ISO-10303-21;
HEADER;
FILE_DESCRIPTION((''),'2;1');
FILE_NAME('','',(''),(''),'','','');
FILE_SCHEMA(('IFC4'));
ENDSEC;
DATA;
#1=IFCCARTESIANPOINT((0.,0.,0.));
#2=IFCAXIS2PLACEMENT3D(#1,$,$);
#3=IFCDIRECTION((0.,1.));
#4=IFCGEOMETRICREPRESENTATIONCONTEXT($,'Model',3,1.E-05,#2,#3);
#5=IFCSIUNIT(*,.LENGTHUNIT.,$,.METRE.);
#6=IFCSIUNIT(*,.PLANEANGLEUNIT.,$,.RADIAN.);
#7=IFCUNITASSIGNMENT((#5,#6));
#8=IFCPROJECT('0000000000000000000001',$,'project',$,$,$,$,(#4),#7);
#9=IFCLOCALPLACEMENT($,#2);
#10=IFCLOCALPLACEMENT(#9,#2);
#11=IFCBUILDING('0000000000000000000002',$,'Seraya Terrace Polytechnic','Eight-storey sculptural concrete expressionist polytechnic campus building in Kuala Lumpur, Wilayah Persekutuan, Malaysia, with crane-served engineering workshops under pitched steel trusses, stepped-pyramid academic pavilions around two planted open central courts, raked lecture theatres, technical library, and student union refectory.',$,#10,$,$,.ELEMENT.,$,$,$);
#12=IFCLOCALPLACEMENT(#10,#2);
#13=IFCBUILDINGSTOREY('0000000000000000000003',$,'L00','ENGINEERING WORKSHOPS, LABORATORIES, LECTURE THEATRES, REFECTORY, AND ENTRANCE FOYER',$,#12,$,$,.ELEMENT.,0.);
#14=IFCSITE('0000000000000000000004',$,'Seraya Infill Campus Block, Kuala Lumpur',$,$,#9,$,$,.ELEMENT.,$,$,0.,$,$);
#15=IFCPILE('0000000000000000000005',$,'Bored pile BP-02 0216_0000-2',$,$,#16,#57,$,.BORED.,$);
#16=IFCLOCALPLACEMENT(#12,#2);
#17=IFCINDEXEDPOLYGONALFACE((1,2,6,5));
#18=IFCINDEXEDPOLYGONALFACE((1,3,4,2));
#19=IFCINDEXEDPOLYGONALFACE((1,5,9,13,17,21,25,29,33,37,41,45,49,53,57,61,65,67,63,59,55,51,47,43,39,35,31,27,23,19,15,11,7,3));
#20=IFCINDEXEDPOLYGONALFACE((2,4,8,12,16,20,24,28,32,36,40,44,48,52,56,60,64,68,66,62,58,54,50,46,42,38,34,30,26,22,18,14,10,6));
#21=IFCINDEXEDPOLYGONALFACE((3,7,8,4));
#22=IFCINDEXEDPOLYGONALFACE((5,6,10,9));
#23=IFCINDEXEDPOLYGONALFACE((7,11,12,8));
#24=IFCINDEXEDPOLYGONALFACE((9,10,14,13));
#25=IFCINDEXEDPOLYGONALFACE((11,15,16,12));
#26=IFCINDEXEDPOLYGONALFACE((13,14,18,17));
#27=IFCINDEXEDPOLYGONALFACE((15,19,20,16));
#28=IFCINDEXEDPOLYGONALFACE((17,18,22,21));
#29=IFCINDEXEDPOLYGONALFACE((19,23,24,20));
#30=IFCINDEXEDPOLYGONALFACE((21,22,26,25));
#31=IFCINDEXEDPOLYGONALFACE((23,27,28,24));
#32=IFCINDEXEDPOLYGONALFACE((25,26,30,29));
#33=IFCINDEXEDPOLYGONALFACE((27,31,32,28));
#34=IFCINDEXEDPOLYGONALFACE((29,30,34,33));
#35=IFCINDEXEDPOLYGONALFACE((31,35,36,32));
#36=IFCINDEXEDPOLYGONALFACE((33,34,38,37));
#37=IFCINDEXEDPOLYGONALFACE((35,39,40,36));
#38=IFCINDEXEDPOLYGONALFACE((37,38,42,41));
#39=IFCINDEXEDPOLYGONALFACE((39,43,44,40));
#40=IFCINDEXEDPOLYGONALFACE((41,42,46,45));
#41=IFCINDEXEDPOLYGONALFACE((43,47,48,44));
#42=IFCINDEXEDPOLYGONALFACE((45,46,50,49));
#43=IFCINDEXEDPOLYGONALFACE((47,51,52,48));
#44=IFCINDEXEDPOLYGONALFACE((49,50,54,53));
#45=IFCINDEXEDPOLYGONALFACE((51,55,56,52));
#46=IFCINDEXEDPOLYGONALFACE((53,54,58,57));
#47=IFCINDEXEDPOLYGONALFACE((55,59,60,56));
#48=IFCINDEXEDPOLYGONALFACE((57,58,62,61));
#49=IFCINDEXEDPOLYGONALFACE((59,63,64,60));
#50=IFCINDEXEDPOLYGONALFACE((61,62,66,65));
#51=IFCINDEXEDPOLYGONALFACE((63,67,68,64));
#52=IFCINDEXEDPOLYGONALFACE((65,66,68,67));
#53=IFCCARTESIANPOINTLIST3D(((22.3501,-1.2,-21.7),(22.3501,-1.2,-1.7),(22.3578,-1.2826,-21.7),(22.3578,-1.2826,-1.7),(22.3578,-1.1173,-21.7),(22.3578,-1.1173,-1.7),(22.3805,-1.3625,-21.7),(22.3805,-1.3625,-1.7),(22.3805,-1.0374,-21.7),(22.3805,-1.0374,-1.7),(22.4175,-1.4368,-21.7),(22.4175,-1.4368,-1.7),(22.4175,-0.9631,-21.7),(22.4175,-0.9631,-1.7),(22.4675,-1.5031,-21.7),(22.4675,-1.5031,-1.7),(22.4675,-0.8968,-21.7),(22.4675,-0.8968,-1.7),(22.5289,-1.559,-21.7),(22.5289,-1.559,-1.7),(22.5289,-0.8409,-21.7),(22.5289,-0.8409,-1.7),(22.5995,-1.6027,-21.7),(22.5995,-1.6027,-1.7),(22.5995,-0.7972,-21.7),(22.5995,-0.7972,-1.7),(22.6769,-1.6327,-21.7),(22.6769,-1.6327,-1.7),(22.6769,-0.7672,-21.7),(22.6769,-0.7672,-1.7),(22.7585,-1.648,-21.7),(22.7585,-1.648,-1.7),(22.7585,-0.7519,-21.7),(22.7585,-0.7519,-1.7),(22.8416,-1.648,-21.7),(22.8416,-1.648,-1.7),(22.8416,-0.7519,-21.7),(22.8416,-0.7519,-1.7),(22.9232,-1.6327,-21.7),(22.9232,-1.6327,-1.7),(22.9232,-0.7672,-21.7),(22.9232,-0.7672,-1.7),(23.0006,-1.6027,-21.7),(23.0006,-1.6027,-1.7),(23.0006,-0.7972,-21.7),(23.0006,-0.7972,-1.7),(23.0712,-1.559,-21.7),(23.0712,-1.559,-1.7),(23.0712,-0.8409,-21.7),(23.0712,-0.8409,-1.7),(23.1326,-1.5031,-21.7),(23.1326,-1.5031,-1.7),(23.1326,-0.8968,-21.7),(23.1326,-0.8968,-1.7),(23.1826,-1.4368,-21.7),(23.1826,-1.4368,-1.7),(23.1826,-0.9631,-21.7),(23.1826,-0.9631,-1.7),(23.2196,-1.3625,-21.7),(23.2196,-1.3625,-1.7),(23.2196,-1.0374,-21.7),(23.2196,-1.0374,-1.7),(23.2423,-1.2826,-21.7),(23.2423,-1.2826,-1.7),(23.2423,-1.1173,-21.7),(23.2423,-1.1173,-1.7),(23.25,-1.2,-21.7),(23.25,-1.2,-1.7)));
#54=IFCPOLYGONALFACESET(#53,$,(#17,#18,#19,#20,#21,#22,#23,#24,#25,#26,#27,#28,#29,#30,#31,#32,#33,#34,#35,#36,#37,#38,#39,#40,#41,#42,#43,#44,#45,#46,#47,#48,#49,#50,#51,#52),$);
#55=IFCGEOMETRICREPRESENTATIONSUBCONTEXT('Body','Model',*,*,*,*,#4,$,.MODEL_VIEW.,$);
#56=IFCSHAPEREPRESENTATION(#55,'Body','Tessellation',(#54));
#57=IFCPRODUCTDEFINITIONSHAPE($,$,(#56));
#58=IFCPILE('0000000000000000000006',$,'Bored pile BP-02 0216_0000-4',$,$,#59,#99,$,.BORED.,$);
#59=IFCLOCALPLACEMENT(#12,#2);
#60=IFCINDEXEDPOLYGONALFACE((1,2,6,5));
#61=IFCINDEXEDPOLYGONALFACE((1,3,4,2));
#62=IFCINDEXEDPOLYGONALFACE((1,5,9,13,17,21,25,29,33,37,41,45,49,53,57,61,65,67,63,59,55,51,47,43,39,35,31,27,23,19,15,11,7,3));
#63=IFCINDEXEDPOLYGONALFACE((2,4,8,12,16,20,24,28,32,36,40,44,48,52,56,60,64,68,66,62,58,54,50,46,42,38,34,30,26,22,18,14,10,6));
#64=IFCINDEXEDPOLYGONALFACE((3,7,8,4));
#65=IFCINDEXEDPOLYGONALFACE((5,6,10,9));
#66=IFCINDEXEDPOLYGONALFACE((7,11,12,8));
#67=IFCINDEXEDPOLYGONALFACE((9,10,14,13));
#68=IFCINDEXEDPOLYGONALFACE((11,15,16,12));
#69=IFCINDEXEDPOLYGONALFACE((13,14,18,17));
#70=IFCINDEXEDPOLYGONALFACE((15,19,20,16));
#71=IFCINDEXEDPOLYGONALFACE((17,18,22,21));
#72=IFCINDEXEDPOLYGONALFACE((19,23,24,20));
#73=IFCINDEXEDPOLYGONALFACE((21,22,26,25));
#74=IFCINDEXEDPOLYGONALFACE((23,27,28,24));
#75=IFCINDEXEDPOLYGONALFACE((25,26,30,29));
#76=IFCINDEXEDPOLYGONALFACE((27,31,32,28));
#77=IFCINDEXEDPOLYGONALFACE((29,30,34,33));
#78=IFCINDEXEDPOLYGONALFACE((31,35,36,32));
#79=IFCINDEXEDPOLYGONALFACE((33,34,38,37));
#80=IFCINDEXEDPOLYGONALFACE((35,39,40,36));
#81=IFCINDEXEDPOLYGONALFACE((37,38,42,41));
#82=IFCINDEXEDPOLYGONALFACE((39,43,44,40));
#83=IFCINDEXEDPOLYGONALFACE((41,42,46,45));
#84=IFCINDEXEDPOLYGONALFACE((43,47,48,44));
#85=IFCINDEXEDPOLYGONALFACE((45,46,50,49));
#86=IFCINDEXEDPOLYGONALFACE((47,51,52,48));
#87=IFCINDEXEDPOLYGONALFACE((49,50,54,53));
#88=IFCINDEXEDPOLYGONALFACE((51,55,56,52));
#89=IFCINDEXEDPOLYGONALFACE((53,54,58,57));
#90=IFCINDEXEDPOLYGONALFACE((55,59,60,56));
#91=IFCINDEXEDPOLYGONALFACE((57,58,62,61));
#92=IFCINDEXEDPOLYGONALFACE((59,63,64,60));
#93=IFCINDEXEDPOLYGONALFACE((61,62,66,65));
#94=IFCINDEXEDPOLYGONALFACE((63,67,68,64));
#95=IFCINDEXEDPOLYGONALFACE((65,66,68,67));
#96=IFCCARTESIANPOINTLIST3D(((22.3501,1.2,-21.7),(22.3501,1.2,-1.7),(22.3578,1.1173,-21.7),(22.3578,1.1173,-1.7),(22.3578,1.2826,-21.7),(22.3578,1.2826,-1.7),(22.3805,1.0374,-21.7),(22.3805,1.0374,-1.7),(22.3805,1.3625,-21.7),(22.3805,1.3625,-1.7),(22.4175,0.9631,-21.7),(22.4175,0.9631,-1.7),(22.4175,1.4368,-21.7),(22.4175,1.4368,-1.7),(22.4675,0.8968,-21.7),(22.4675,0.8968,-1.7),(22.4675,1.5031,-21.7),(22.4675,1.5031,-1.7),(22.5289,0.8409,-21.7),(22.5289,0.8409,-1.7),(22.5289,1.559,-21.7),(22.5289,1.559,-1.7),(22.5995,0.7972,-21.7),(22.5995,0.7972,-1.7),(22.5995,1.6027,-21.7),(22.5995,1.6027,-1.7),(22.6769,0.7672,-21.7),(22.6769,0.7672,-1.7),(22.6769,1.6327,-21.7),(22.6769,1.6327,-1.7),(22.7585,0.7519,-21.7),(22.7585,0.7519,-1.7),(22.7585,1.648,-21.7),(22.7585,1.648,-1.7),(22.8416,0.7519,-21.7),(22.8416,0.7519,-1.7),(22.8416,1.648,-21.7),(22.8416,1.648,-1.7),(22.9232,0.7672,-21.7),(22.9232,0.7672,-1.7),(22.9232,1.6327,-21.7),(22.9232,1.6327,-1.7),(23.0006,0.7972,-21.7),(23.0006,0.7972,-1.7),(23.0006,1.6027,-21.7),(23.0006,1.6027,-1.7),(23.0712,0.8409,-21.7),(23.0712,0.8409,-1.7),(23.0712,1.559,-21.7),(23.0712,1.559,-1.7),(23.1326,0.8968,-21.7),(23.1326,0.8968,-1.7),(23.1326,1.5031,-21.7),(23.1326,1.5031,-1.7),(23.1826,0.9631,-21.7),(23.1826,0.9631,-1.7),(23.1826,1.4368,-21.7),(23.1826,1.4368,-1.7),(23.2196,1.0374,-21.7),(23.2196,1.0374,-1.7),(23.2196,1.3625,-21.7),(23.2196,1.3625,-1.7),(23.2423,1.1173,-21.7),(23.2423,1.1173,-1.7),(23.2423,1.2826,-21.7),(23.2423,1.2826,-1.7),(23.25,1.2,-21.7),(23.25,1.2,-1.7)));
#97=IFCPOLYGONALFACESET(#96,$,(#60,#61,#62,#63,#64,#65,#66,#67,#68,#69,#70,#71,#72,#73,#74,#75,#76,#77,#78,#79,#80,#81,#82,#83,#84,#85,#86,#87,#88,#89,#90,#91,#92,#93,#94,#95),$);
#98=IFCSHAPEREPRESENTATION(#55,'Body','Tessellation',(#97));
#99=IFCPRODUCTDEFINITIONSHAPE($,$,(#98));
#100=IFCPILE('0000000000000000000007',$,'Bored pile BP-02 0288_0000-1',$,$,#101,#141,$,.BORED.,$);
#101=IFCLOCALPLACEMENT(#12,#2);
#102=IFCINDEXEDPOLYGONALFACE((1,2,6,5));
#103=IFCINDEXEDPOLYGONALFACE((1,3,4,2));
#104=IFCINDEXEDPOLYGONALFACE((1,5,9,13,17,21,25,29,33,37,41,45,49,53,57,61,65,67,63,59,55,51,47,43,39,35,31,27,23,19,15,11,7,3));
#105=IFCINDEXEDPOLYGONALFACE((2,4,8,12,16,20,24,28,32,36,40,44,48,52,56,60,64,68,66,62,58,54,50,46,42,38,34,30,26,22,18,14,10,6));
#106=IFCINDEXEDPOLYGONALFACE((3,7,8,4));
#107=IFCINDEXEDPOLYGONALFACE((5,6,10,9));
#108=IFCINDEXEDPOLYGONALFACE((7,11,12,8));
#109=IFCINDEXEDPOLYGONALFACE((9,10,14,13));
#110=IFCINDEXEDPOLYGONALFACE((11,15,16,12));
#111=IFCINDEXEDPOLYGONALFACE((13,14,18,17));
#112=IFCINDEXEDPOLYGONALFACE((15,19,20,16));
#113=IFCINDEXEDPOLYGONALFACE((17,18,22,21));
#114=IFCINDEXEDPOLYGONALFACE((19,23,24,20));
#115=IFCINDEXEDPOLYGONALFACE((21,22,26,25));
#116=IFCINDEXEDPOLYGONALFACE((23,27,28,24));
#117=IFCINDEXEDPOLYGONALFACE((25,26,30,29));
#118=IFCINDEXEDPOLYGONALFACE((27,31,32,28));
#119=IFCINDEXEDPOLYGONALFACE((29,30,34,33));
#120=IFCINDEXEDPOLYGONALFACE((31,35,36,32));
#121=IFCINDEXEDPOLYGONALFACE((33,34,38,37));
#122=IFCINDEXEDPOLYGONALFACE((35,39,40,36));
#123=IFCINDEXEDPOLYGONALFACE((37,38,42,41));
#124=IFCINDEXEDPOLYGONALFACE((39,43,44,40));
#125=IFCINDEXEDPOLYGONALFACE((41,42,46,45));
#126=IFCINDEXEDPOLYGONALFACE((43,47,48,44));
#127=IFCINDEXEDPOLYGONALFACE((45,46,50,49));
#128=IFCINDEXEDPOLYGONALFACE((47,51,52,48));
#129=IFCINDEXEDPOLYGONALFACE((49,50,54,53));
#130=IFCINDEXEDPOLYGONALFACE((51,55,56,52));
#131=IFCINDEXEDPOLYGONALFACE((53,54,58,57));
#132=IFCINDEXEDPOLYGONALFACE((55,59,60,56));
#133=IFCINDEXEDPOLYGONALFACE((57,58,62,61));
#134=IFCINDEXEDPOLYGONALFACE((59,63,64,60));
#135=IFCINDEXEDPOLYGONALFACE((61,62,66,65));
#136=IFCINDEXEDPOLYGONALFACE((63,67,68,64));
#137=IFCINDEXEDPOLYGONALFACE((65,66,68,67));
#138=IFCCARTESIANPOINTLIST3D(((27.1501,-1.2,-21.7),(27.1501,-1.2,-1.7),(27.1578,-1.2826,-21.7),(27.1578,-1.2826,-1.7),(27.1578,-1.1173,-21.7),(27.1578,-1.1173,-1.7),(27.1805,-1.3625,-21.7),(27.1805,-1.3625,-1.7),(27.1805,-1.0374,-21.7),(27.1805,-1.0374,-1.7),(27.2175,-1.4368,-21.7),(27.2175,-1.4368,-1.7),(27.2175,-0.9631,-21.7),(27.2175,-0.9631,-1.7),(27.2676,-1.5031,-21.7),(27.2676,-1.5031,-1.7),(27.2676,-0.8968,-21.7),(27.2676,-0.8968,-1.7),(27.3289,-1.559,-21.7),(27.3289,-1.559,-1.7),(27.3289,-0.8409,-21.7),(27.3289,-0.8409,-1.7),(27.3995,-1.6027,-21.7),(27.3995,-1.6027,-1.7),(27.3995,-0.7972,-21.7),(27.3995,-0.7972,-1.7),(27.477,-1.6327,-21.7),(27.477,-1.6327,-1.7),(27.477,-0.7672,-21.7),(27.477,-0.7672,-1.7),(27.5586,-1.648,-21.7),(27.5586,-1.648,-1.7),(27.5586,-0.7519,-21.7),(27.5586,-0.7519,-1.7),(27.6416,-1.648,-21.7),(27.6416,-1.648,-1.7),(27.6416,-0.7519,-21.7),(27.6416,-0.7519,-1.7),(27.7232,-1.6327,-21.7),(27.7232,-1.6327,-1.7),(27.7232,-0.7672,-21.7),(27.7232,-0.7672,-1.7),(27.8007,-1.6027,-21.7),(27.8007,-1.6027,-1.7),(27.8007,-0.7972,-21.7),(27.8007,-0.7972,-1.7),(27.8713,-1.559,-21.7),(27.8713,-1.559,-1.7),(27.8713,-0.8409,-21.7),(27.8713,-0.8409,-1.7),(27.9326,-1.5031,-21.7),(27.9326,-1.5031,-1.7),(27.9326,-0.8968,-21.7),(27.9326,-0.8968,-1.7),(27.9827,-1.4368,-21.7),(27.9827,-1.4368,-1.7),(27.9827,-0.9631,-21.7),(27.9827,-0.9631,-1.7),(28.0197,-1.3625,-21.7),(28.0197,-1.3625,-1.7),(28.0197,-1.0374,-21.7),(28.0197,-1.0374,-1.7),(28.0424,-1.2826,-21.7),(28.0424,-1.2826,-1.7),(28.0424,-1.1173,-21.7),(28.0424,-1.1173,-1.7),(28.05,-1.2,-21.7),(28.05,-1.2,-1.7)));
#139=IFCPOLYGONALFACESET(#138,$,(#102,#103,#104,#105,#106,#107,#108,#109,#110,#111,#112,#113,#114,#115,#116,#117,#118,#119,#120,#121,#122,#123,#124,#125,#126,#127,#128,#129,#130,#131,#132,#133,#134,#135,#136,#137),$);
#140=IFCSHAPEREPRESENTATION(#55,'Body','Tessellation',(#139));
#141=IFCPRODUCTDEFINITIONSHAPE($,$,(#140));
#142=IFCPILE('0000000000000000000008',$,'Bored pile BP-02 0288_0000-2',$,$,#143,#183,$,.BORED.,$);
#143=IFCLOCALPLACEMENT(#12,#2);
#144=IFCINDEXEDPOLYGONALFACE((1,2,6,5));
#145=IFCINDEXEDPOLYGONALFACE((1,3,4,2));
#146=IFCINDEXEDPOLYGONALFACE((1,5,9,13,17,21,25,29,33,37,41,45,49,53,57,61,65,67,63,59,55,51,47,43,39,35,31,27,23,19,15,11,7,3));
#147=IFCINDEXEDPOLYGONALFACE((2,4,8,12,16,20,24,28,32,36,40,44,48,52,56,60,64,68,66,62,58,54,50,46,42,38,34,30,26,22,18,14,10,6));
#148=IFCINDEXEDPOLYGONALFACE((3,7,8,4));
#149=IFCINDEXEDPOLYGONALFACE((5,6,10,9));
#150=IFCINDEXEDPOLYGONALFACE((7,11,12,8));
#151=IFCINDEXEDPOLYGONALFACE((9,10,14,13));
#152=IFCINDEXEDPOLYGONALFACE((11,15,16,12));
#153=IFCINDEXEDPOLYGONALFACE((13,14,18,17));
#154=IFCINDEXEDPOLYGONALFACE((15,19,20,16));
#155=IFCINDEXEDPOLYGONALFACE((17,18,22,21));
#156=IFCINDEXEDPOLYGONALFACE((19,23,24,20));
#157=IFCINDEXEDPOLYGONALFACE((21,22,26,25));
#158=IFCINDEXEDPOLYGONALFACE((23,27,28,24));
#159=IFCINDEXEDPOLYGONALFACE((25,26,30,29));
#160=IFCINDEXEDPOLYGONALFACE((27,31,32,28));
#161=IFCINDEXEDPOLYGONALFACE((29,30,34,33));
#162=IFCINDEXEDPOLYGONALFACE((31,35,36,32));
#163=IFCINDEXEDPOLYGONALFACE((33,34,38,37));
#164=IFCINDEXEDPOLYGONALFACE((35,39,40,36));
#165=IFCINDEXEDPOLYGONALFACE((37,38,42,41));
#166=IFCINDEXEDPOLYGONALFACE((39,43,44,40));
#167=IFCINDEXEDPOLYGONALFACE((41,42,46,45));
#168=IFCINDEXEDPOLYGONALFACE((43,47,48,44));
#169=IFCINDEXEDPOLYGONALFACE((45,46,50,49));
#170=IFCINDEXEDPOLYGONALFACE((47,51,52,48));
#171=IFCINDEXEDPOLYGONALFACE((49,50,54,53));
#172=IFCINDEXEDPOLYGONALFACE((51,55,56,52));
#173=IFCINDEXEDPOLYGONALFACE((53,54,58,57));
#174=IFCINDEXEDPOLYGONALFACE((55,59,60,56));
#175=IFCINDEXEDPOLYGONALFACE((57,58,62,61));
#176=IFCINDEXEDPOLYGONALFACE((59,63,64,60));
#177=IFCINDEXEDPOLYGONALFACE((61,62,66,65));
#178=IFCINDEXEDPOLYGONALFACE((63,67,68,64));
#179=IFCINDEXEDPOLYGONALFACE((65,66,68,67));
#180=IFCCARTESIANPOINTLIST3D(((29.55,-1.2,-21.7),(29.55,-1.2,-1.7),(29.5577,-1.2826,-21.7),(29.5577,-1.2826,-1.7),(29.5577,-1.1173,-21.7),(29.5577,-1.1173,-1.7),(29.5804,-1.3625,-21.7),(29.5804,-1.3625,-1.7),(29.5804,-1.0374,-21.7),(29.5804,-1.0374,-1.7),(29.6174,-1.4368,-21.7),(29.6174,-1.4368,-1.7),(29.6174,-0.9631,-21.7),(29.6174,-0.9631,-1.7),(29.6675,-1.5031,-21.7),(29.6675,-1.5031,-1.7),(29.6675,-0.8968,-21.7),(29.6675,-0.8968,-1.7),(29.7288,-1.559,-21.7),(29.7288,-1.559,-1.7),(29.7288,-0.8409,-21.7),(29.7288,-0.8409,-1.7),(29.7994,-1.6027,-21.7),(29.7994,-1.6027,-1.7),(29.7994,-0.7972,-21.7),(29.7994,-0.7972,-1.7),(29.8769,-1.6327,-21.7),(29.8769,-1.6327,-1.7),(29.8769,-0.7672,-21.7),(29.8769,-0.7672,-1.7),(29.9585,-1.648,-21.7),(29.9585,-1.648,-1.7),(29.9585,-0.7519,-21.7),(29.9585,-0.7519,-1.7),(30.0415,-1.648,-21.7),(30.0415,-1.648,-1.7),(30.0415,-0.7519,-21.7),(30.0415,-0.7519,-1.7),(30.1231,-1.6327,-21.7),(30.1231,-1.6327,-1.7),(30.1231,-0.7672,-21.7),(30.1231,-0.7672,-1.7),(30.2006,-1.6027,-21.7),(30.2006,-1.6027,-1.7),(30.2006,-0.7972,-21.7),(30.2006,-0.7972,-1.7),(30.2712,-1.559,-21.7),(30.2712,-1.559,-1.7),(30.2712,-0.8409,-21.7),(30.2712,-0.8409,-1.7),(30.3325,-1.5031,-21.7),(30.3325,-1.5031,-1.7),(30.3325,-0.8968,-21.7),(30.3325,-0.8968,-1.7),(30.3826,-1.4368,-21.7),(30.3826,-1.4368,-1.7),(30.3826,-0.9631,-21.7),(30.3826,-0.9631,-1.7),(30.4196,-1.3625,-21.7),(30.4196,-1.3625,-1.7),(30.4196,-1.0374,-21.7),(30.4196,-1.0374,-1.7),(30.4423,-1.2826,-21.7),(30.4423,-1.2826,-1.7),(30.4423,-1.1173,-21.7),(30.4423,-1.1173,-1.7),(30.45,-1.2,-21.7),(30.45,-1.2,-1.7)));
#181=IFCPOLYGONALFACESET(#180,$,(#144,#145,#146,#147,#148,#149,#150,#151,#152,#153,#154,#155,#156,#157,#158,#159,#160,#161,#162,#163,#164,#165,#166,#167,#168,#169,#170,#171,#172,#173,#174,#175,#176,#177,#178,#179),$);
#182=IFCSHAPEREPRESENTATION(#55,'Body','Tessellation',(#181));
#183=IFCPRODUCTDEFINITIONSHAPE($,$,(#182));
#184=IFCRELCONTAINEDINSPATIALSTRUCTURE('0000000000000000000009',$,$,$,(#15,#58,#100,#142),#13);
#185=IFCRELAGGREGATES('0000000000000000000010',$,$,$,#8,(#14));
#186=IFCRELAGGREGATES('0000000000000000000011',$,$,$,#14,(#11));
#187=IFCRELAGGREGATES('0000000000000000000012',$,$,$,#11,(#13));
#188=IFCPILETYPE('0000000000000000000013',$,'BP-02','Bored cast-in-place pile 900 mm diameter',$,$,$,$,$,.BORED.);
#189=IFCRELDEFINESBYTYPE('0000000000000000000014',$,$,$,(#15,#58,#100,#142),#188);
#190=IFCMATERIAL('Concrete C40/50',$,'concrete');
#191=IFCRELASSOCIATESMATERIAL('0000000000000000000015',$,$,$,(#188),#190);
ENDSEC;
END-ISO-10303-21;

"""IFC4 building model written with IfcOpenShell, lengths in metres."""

from ifc_helpers import new_model, si_unit, direction, frame, origin, origin_2d, place, context, subcontext, project, spatial, circle, extrude, material, material_profile, profile_set, type_object, element, save


model = new_model("IFC4")

# Units and contexts
model_context = context("Model", 3, precision=1e-05, world=origin(), true_north=direction((0.0, 1.0)))
body_context = subcontext(model_context, "Body", "Model", "MODEL_VIEW")
ifc_project = project(units=[si_unit("LENGTHUNIT", "METRE"), si_unit("PLANEANGLEUNIT", "RADIAN")], contexts=[model_context])

# Site, building, storey
site_placement = place(None, origin())
site = spatial("IfcSite", under=ifc_project, at=site_placement, Name="Seraya Infill Campus Block, Kuala Lumpur", CompositionType="ELEMENT", RefElevation=0.0)
building_placement = place(site_placement, origin())
building = spatial("IfcBuilding", under=site, at=building_placement, Name="Seraya Terrace Polytechnic", Description="Eight-storey sculptural concrete expressionist polytechnic campus building in Kuala Lumpur, Wilayah Persekutuan, Malaysia, with crane-served engineering workshops under pitched steel trusses, stepped-pyramid academic pavilions around two planted open central courts, raked lecture theatres, technical library, and student union refectory.", CompositionType="ELEMENT")
storey_placement = place(building_placement, origin())
storey = spatial("IfcBuildingStorey", under=building, at=storey_placement, Name="L00", Description="ENGINEERING WORKSHOPS, LABORATORIES, LECTURE THEATRES, REFECTORY, AND ENTRANCE FOYER", CompositionType="ELEMENT", Elevation=0.0)

# Piles
ifc_material_1 = material(Name="Concrete C40/50", Category="concrete")
ifc_material_profile_1 = material_profile(ifc_material_1, circle(Radius=0.45, at=origin_2d()), Name="DIA 900")
ifc_profile_set_1 = profile_set([ifc_material_profile_1], Name="Concrete C40/50")
pile_type = type_object("IfcPileType", Name="BP-02", Description="Bored cast-in-place pile 900 mm diameter", PredefinedType="BORED", material=ifc_profile_set_1)
for number, where, z_axis, x_axis, name in (
    (1, (22.8, -1.2, -1.7), (0.0, 0.0, -1.0), (1.0, 0.0, 0.0), "Bored pile BP-02 0216_0000-2"),
    (2, (22.8, 1.2, -1.7), (0.0, 0.0, -1.0), (1.0, 0.0, 0.0), "Bored pile BP-02 0216_0000-4"),
    (3, (27.6001, -1.2, -1.7), (0.0, 0.0, -1.0), (1.0, 0.0, 0.0), "Bored pile BP-02 0288_0000-1"),
    (4, (30.0, -1.2, -1.7), (0.0, 0.0, -1.0), (1.0, 0.0, 0.0), "Bored pile BP-02 0288_0000-2"),
):
    element("IfcPile", number, at=place(storey_placement, frame(where, z_axis=z_axis, x_axis=x_axis)), inside=storey, type_object=pile_type, Name=name, PredefinedType="BORED", context=body_context, shape_type="SweptSolid", body=[
        extrude(circle(Radius=0.45, at=origin_2d()), origin(), (0.0, 0.0, 1.0), 20.0),
    ])

save(model, "model.ifc")
